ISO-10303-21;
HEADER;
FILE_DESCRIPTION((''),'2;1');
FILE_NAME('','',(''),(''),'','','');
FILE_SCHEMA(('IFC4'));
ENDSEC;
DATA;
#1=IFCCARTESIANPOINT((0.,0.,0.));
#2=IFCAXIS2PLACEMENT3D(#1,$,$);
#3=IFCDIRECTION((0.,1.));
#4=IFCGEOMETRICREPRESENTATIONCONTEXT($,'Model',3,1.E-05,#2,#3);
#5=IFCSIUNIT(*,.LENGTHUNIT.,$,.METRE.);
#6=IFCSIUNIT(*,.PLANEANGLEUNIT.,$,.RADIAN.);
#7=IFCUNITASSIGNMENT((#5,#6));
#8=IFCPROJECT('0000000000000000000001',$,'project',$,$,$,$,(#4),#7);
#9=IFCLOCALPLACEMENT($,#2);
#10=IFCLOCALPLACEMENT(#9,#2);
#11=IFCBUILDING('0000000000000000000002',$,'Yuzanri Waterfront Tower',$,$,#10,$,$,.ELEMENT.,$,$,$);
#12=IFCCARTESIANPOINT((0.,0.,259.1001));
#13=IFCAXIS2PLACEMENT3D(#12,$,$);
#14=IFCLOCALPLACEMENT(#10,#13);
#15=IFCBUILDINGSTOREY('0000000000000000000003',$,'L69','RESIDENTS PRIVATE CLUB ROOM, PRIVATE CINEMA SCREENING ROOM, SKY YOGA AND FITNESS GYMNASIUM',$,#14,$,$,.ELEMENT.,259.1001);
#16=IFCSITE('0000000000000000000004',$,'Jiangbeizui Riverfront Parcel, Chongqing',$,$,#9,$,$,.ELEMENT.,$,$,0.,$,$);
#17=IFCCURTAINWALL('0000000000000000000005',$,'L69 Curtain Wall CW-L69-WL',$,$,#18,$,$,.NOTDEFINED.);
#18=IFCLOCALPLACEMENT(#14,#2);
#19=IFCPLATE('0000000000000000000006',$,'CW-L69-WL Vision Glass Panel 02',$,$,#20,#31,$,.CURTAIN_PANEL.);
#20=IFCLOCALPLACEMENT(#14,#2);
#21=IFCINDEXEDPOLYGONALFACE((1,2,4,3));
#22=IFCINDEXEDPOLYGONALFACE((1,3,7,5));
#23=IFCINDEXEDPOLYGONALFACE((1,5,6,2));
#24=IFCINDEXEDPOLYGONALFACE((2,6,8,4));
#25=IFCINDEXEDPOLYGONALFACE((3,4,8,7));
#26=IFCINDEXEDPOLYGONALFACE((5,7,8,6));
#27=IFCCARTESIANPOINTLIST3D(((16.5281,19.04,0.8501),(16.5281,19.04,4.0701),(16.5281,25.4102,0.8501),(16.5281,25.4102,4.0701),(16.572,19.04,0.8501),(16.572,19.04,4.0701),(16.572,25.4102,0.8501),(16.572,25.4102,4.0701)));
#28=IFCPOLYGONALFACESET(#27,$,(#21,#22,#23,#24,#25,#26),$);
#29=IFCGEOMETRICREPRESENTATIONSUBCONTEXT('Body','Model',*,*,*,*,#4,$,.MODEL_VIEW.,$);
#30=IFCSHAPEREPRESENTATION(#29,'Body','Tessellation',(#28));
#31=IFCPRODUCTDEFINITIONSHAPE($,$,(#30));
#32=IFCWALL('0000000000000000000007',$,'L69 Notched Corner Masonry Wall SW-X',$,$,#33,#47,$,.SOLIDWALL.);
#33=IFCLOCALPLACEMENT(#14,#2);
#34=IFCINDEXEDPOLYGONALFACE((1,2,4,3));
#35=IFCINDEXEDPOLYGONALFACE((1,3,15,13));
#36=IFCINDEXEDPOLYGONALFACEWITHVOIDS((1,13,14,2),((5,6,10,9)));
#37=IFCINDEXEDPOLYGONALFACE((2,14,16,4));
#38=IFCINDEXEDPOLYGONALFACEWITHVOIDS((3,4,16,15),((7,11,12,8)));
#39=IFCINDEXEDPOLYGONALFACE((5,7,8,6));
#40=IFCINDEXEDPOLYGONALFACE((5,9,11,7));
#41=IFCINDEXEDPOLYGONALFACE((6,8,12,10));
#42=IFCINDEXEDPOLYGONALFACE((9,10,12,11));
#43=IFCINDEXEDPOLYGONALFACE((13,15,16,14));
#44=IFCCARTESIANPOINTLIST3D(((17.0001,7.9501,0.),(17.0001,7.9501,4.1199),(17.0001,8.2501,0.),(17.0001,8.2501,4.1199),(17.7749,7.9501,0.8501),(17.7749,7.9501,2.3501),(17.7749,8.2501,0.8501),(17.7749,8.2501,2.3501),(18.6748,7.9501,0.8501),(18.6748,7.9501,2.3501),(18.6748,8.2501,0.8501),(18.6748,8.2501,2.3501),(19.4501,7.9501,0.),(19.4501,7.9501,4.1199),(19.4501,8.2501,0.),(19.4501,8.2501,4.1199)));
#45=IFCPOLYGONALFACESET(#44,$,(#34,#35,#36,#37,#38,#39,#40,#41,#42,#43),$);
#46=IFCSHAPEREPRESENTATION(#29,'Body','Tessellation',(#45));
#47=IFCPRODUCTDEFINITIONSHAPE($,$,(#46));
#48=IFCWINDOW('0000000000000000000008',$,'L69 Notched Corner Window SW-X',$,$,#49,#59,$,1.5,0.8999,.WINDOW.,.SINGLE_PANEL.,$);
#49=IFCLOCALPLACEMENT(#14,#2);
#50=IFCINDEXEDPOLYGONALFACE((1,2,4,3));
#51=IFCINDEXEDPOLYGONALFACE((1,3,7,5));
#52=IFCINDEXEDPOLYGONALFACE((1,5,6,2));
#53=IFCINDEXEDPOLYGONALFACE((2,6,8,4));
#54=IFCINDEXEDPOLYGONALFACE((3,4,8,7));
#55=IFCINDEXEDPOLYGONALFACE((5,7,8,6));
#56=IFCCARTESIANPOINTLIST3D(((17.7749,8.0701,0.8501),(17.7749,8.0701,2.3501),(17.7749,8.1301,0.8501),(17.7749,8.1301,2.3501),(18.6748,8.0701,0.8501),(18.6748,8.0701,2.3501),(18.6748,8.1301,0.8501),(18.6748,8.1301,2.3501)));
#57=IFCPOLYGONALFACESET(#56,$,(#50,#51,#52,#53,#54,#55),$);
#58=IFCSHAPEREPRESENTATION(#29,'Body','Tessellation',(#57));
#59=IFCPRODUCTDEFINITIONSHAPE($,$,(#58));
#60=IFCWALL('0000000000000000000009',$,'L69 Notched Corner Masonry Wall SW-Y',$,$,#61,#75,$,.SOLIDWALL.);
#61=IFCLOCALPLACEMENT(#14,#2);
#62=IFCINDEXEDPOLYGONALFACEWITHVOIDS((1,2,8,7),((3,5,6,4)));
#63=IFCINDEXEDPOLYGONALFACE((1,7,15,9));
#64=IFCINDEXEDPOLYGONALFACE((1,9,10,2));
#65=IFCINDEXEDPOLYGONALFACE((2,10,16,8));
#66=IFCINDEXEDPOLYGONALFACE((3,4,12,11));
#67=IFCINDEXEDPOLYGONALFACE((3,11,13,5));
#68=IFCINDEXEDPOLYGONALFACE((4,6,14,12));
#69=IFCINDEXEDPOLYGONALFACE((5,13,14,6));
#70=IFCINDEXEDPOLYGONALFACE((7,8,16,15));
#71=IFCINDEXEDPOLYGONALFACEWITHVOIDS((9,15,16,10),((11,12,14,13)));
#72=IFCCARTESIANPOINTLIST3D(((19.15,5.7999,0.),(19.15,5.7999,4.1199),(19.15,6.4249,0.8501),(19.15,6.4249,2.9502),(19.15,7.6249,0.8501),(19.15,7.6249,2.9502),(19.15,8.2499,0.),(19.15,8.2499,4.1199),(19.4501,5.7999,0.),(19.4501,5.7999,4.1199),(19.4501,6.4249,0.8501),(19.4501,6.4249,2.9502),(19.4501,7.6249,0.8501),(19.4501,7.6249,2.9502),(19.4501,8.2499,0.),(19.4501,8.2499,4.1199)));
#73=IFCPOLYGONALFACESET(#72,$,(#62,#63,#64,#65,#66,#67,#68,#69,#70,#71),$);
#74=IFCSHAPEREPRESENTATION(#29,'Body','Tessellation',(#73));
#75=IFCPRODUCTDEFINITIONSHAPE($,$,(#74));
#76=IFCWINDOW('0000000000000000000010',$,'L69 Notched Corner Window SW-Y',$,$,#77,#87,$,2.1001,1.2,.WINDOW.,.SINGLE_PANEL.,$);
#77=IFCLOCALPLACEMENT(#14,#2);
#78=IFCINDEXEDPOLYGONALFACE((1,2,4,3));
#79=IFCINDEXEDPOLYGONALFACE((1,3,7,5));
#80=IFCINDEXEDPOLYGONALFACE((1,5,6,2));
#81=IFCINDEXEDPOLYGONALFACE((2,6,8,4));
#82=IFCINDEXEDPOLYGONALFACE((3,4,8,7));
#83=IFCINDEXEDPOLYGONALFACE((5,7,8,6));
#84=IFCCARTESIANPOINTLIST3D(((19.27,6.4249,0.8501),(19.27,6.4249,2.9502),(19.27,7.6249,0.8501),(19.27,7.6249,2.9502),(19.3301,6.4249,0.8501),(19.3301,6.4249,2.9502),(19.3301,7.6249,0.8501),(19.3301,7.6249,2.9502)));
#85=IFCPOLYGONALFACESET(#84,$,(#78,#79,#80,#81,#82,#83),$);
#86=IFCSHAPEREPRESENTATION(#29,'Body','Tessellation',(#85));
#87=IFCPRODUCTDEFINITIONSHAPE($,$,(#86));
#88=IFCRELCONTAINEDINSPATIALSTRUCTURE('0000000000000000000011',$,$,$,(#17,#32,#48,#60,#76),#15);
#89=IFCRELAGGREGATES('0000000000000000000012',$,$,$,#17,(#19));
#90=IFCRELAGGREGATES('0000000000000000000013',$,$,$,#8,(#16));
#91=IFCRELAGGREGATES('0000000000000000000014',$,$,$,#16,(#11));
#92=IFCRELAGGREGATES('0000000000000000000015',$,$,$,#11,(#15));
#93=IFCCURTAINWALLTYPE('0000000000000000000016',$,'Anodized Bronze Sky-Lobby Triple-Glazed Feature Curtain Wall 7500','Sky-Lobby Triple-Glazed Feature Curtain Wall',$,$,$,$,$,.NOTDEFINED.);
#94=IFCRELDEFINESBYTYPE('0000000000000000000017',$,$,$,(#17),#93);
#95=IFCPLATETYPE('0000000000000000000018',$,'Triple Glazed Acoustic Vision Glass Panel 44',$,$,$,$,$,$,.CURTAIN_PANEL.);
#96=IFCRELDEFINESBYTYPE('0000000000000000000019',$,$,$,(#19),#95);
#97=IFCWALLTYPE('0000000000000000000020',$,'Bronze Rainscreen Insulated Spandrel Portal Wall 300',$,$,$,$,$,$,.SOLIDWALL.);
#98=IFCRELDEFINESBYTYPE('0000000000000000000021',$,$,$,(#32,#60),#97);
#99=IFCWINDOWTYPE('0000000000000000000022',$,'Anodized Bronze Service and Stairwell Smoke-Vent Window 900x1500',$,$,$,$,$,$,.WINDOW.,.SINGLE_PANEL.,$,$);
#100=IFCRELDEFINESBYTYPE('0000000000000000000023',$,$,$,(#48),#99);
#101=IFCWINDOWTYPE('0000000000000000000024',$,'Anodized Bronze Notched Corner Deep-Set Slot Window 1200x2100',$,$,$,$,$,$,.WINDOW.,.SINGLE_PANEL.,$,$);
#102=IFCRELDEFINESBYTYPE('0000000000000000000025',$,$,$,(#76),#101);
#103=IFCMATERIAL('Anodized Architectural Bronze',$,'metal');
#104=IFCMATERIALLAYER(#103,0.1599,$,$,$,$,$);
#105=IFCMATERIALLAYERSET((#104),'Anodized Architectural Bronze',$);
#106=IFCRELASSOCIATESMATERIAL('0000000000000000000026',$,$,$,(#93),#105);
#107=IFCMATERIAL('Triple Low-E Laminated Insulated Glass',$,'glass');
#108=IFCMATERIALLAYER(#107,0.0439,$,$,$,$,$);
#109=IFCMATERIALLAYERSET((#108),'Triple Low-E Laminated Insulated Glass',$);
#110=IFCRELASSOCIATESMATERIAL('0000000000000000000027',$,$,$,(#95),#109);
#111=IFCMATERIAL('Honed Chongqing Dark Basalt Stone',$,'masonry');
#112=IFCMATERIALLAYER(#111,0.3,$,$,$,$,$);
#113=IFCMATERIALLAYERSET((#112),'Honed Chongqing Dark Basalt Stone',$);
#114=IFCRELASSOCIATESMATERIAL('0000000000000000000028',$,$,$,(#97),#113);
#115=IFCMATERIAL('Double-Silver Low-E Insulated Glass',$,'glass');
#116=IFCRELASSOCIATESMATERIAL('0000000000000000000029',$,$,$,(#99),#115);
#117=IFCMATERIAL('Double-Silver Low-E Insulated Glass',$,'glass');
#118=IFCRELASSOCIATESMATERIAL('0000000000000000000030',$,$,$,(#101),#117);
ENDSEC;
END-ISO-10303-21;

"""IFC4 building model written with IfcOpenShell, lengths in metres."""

from ifc_helpers import new_model, si_unit, direction, frame, frame_2d, origin, origin_2d, place, context, subcontext, project, spatial, rectangle, extrude, source, transform, mapped, material, layer, layer_set, type_object, element, fill, aggregate, save


model = new_model("IFC4")

# Units and contexts
model_context = context("Model", 3, precision=1e-05, world=origin(), true_north=direction((0.0, 1.0)))
body_context = subcontext(model_context, "Body", "Model", "MODEL_VIEW")
ifc_project = project(units=[si_unit("LENGTHUNIT", "METRE"), si_unit("PLANEANGLEUNIT", "RADIAN")], contexts=[model_context])

# Site, building, storey
site_placement = place(None, origin())
site = spatial("IfcSite", under=ifc_project, at=site_placement, Name="Jiangbeizui Riverfront Parcel, Chongqing", CompositionType="ELEMENT", RefElevation=0.0)
building_placement = place(site_placement, origin())
building = spatial("IfcBuilding", under=site, at=building_placement, Name="Yuzanri Waterfront Tower", CompositionType="ELEMENT")
storey_placement = place(building_placement, frame((0.0, 0.0, 259.1001)))
storey = spatial("IfcBuildingStorey", under=building, at=storey_placement, Name="L69", Description="RESIDENTS PRIVATE CLUB ROOM, PRIVATE CINEMA SCREENING ROOM, SKY YOGA AND FITNESS GYMNASIUM", CompositionType="ELEMENT", Elevation=259.1001)

# Curtain wall
ifc_material_1 = material(Name="Anodized Architectural Bronze", Category="metal")
ifc_layer_1 = layer(ifc_material_1, 0.1599)
ifc_layer_set_1 = layer_set([ifc_layer_1], Name="Anodized Architectural Bronze")
curtain_wall_type = type_object("IfcCurtainWallType", Name="Anodized Bronze Sky-Lobby Triple-Glazed Feature Curtain Wall 7500", Description="Sky-Lobby Triple-Glazed Feature Curtain Wall", PredefinedType="NOTDEFINED", material=ifc_layer_set_1)
curtain_wall_1_placement = place(storey_placement, origin())
curtain_wall_1 = element("IfcCurtainWall", 1, at=curtain_wall_1_placement, inside=storey, type_object=curtain_wall_type, Name="L69 Curtain Wall CW-L69-WL", PredefinedType="NOTDEFINED")

# Plate
ifc_material_2 = material(Name="Triple Low-E Laminated Insulated Glass", Category="glass")
ifc_layer_2 = layer(ifc_material_2, 0.0439)
ifc_layer_set_2 = layer_set([ifc_layer_2], Name="Triple Low-E Laminated Insulated Glass")
plate_type_1 = type_object("IfcPlateType", Name="Triple Glazed Acoustic Vision Glass Panel 44", PredefinedType="CURTAIN_PANEL", material=ifc_layer_set_2)
shared_shape_1 = source(origin(), body_context, "Body", "SweptSolid", [
    extrude(rectangle(XDim=6.3701, YDim=0.0439, at=origin_2d()), origin(), (0.0, 0.0, 1.0), 3.22),
])
plate_1_placement = place(storey_placement, frame((16.55, 22.2251, 0.8501), z_axis=(0.0, 0.0, 1.0), x_axis=(0.0, 1.0, 0.0)))
plate_1 = element("IfcPlate", 2, at=plate_1_placement, type_object=plate_type_1, Name="CW-L69-WL Vision Glass Panel 02", PredefinedType="CURTAIN_PANEL", context=body_context, shape_type="MappedRepresentation", body=[
    mapped(shared_shape_1, transform((0.0, 0.0, 0.0), scale=1.0)),
])
aggregate(curtain_wall_1, [plate_1])

# Walls, openings, windows
ifc_material_3 = material(Name="Honed Chongqing Dark Basalt Stone", Category="masonry")
ifc_layer_3 = layer(ifc_material_3, 0.3)
ifc_layer_set_3 = layer_set([ifc_layer_3], Name="Honed Chongqing Dark Basalt Stone")
wall_type_1 = type_object("IfcWallType", Name="Bronze Rainscreen Insulated Spandrel Portal Wall 300", PredefinedType="SOLIDWALL", material=ifc_layer_set_3)
wall_1_placement = place(storey_placement, frame((17.0, 8.1001, 0.0), z_axis=(0.0, 0.0, 1.0), x_axis=(1.0, 0.0, 0.0)))
wall_1 = element("IfcWall", 3, at=wall_1_placement, inside=storey, type_object=wall_type_1, Name="L69 Notched Corner Masonry Wall SW-X", PredefinedType="SOLIDWALL", context=body_context, shape_type="SweptSolid", body=[
    extrude(rectangle(XDim=2.45, YDim=0.3, at=frame_2d((1.2251, 0.0))), origin(), (0.0, 0.0, 1.0), 4.1199),
])
opening_1_placement = place(wall_1_placement, frame((0.7749, 0.0, 0.8501)))
opening_1 = element("IfcOpeningElement", 4, at=opening_1_placement, cuts=wall_1, PredefinedType="OPENING", context=body_context, shape_type="SweptSolid", body=[
    extrude(rectangle(XDim=0.8999, YDim=1.5, at=frame_2d((0.45, 0.75))), frame((0.0, 0.165, 0.0), z_axis=(0.0, -1.0, 0.0), x_axis=(1.0, 0.0, 0.0)), (0.0, 0.0, 1.0), 0.3298),
])
ifc_material_4 = material(Name="Double-Silver Low-E Insulated Glass", Category="glass")
window_type_1 = type_object("IfcWindowType", Name="Anodized Bronze Service and Stairwell Smoke-Vent Window 900x1500", PartitioningType="SINGLE_PANEL", PredefinedType="WINDOW", material=ifc_material_4)
shared_shape_2 = source(origin(), body_context, "Body", "SweptSolid", [
    extrude(rectangle(XDim=0.8999, YDim=1.5, at=frame_2d((0.45, 0.75))), frame((0.0, 0.03, 0.0), z_axis=(0.0, -1.0, 0.0), x_axis=(1.0, 0.0, 0.0)), (0.0, 0.0, 1.0), 0.0601),
])
window_1_placement = place(opening_1_placement, origin())
window_1 = element("IfcWindow", 5, at=window_1_placement, inside=storey, type_object=window_type_1, Name="L69 Notched Corner Window SW-X", OverallHeight=1.5, OverallWidth=0.8999, PartitioningType="SINGLE_PANEL", PredefinedType="WINDOW", context=body_context, shape_type="MappedRepresentation", body=[
    mapped(shared_shape_2, transform((0.0, 0.0, 0.0), scale=1.0)),
])
fill(opening_1, window_1)
wall_2_placement = place(storey_placement, frame((19.3, 8.25, 0.0), z_axis=(0.0, 0.0, 1.0), x_axis=(0.0, -1.0, 0.0)))
wall_2 = element("IfcWall", 6, at=wall_2_placement, inside=storey, type_object=wall_type_1, Name="L69 Notched Corner Masonry Wall SW-Y", PredefinedType="SOLIDWALL", context=body_context, shape_type="SweptSolid", body=[
    extrude(rectangle(XDim=2.45, YDim=0.3, at=frame_2d((1.2251, 0.0))), origin(), (0.0, 0.0, 1.0), 4.1199),
])
opening_2_placement = place(wall_2_placement, frame((0.625, 0.0, 0.8501)))
opening_2 = element("IfcOpeningElement", 7, at=opening_2_placement, cuts=wall_2, PredefinedType="OPENING", context=body_context, shape_type="SweptSolid", body=[
    extrude(rectangle(XDim=1.2, YDim=2.1001, at=frame_2d((0.6001, 1.05))), frame((0.0, 0.165, 0.0), z_axis=(0.0, -1.0, 0.0), x_axis=(1.0, 0.0, 0.0)), (0.0, 0.0, 1.0), 0.3298),
])
ifc_material_5 = material(Name="Double-Silver Low-E Insulated Glass", Category="glass")
window_type_2 = type_object("IfcWindowType", Name="Anodized Bronze Notched Corner Deep-Set Slot Window 1200x2100", PartitioningType="SINGLE_PANEL", PredefinedType="WINDOW", material=ifc_material_5)
shared_shape_3 = source(origin(), body_context, "Body", "SweptSolid", [
    extrude(rectangle(XDim=1.2, YDim=2.1001, at=frame_2d((0.6001, 1.05))), frame((0.0, 0.03, 0.0), z_axis=(0.0, -1.0, 0.0), x_axis=(1.0, 0.0, 0.0)), (0.0, 0.0, 1.0), 0.0601),
])
window_2_placement = place(opening_2_placement, origin())
window_2 = element("IfcWindow", 8, at=window_2_placement, inside=storey, type_object=window_type_2, Name="L69 Notched Corner Window SW-Y", OverallHeight=2.1001, OverallWidth=1.2, PartitioningType="SINGLE_PANEL", PredefinedType="WINDOW", context=body_context, shape_type="MappedRepresentation", body=[
    mapped(shared_shape_3, transform((0.0, 0.0, 0.0), scale=1.0)),
])
fill(opening_2, window_2)

save(model, "model.ifc")
